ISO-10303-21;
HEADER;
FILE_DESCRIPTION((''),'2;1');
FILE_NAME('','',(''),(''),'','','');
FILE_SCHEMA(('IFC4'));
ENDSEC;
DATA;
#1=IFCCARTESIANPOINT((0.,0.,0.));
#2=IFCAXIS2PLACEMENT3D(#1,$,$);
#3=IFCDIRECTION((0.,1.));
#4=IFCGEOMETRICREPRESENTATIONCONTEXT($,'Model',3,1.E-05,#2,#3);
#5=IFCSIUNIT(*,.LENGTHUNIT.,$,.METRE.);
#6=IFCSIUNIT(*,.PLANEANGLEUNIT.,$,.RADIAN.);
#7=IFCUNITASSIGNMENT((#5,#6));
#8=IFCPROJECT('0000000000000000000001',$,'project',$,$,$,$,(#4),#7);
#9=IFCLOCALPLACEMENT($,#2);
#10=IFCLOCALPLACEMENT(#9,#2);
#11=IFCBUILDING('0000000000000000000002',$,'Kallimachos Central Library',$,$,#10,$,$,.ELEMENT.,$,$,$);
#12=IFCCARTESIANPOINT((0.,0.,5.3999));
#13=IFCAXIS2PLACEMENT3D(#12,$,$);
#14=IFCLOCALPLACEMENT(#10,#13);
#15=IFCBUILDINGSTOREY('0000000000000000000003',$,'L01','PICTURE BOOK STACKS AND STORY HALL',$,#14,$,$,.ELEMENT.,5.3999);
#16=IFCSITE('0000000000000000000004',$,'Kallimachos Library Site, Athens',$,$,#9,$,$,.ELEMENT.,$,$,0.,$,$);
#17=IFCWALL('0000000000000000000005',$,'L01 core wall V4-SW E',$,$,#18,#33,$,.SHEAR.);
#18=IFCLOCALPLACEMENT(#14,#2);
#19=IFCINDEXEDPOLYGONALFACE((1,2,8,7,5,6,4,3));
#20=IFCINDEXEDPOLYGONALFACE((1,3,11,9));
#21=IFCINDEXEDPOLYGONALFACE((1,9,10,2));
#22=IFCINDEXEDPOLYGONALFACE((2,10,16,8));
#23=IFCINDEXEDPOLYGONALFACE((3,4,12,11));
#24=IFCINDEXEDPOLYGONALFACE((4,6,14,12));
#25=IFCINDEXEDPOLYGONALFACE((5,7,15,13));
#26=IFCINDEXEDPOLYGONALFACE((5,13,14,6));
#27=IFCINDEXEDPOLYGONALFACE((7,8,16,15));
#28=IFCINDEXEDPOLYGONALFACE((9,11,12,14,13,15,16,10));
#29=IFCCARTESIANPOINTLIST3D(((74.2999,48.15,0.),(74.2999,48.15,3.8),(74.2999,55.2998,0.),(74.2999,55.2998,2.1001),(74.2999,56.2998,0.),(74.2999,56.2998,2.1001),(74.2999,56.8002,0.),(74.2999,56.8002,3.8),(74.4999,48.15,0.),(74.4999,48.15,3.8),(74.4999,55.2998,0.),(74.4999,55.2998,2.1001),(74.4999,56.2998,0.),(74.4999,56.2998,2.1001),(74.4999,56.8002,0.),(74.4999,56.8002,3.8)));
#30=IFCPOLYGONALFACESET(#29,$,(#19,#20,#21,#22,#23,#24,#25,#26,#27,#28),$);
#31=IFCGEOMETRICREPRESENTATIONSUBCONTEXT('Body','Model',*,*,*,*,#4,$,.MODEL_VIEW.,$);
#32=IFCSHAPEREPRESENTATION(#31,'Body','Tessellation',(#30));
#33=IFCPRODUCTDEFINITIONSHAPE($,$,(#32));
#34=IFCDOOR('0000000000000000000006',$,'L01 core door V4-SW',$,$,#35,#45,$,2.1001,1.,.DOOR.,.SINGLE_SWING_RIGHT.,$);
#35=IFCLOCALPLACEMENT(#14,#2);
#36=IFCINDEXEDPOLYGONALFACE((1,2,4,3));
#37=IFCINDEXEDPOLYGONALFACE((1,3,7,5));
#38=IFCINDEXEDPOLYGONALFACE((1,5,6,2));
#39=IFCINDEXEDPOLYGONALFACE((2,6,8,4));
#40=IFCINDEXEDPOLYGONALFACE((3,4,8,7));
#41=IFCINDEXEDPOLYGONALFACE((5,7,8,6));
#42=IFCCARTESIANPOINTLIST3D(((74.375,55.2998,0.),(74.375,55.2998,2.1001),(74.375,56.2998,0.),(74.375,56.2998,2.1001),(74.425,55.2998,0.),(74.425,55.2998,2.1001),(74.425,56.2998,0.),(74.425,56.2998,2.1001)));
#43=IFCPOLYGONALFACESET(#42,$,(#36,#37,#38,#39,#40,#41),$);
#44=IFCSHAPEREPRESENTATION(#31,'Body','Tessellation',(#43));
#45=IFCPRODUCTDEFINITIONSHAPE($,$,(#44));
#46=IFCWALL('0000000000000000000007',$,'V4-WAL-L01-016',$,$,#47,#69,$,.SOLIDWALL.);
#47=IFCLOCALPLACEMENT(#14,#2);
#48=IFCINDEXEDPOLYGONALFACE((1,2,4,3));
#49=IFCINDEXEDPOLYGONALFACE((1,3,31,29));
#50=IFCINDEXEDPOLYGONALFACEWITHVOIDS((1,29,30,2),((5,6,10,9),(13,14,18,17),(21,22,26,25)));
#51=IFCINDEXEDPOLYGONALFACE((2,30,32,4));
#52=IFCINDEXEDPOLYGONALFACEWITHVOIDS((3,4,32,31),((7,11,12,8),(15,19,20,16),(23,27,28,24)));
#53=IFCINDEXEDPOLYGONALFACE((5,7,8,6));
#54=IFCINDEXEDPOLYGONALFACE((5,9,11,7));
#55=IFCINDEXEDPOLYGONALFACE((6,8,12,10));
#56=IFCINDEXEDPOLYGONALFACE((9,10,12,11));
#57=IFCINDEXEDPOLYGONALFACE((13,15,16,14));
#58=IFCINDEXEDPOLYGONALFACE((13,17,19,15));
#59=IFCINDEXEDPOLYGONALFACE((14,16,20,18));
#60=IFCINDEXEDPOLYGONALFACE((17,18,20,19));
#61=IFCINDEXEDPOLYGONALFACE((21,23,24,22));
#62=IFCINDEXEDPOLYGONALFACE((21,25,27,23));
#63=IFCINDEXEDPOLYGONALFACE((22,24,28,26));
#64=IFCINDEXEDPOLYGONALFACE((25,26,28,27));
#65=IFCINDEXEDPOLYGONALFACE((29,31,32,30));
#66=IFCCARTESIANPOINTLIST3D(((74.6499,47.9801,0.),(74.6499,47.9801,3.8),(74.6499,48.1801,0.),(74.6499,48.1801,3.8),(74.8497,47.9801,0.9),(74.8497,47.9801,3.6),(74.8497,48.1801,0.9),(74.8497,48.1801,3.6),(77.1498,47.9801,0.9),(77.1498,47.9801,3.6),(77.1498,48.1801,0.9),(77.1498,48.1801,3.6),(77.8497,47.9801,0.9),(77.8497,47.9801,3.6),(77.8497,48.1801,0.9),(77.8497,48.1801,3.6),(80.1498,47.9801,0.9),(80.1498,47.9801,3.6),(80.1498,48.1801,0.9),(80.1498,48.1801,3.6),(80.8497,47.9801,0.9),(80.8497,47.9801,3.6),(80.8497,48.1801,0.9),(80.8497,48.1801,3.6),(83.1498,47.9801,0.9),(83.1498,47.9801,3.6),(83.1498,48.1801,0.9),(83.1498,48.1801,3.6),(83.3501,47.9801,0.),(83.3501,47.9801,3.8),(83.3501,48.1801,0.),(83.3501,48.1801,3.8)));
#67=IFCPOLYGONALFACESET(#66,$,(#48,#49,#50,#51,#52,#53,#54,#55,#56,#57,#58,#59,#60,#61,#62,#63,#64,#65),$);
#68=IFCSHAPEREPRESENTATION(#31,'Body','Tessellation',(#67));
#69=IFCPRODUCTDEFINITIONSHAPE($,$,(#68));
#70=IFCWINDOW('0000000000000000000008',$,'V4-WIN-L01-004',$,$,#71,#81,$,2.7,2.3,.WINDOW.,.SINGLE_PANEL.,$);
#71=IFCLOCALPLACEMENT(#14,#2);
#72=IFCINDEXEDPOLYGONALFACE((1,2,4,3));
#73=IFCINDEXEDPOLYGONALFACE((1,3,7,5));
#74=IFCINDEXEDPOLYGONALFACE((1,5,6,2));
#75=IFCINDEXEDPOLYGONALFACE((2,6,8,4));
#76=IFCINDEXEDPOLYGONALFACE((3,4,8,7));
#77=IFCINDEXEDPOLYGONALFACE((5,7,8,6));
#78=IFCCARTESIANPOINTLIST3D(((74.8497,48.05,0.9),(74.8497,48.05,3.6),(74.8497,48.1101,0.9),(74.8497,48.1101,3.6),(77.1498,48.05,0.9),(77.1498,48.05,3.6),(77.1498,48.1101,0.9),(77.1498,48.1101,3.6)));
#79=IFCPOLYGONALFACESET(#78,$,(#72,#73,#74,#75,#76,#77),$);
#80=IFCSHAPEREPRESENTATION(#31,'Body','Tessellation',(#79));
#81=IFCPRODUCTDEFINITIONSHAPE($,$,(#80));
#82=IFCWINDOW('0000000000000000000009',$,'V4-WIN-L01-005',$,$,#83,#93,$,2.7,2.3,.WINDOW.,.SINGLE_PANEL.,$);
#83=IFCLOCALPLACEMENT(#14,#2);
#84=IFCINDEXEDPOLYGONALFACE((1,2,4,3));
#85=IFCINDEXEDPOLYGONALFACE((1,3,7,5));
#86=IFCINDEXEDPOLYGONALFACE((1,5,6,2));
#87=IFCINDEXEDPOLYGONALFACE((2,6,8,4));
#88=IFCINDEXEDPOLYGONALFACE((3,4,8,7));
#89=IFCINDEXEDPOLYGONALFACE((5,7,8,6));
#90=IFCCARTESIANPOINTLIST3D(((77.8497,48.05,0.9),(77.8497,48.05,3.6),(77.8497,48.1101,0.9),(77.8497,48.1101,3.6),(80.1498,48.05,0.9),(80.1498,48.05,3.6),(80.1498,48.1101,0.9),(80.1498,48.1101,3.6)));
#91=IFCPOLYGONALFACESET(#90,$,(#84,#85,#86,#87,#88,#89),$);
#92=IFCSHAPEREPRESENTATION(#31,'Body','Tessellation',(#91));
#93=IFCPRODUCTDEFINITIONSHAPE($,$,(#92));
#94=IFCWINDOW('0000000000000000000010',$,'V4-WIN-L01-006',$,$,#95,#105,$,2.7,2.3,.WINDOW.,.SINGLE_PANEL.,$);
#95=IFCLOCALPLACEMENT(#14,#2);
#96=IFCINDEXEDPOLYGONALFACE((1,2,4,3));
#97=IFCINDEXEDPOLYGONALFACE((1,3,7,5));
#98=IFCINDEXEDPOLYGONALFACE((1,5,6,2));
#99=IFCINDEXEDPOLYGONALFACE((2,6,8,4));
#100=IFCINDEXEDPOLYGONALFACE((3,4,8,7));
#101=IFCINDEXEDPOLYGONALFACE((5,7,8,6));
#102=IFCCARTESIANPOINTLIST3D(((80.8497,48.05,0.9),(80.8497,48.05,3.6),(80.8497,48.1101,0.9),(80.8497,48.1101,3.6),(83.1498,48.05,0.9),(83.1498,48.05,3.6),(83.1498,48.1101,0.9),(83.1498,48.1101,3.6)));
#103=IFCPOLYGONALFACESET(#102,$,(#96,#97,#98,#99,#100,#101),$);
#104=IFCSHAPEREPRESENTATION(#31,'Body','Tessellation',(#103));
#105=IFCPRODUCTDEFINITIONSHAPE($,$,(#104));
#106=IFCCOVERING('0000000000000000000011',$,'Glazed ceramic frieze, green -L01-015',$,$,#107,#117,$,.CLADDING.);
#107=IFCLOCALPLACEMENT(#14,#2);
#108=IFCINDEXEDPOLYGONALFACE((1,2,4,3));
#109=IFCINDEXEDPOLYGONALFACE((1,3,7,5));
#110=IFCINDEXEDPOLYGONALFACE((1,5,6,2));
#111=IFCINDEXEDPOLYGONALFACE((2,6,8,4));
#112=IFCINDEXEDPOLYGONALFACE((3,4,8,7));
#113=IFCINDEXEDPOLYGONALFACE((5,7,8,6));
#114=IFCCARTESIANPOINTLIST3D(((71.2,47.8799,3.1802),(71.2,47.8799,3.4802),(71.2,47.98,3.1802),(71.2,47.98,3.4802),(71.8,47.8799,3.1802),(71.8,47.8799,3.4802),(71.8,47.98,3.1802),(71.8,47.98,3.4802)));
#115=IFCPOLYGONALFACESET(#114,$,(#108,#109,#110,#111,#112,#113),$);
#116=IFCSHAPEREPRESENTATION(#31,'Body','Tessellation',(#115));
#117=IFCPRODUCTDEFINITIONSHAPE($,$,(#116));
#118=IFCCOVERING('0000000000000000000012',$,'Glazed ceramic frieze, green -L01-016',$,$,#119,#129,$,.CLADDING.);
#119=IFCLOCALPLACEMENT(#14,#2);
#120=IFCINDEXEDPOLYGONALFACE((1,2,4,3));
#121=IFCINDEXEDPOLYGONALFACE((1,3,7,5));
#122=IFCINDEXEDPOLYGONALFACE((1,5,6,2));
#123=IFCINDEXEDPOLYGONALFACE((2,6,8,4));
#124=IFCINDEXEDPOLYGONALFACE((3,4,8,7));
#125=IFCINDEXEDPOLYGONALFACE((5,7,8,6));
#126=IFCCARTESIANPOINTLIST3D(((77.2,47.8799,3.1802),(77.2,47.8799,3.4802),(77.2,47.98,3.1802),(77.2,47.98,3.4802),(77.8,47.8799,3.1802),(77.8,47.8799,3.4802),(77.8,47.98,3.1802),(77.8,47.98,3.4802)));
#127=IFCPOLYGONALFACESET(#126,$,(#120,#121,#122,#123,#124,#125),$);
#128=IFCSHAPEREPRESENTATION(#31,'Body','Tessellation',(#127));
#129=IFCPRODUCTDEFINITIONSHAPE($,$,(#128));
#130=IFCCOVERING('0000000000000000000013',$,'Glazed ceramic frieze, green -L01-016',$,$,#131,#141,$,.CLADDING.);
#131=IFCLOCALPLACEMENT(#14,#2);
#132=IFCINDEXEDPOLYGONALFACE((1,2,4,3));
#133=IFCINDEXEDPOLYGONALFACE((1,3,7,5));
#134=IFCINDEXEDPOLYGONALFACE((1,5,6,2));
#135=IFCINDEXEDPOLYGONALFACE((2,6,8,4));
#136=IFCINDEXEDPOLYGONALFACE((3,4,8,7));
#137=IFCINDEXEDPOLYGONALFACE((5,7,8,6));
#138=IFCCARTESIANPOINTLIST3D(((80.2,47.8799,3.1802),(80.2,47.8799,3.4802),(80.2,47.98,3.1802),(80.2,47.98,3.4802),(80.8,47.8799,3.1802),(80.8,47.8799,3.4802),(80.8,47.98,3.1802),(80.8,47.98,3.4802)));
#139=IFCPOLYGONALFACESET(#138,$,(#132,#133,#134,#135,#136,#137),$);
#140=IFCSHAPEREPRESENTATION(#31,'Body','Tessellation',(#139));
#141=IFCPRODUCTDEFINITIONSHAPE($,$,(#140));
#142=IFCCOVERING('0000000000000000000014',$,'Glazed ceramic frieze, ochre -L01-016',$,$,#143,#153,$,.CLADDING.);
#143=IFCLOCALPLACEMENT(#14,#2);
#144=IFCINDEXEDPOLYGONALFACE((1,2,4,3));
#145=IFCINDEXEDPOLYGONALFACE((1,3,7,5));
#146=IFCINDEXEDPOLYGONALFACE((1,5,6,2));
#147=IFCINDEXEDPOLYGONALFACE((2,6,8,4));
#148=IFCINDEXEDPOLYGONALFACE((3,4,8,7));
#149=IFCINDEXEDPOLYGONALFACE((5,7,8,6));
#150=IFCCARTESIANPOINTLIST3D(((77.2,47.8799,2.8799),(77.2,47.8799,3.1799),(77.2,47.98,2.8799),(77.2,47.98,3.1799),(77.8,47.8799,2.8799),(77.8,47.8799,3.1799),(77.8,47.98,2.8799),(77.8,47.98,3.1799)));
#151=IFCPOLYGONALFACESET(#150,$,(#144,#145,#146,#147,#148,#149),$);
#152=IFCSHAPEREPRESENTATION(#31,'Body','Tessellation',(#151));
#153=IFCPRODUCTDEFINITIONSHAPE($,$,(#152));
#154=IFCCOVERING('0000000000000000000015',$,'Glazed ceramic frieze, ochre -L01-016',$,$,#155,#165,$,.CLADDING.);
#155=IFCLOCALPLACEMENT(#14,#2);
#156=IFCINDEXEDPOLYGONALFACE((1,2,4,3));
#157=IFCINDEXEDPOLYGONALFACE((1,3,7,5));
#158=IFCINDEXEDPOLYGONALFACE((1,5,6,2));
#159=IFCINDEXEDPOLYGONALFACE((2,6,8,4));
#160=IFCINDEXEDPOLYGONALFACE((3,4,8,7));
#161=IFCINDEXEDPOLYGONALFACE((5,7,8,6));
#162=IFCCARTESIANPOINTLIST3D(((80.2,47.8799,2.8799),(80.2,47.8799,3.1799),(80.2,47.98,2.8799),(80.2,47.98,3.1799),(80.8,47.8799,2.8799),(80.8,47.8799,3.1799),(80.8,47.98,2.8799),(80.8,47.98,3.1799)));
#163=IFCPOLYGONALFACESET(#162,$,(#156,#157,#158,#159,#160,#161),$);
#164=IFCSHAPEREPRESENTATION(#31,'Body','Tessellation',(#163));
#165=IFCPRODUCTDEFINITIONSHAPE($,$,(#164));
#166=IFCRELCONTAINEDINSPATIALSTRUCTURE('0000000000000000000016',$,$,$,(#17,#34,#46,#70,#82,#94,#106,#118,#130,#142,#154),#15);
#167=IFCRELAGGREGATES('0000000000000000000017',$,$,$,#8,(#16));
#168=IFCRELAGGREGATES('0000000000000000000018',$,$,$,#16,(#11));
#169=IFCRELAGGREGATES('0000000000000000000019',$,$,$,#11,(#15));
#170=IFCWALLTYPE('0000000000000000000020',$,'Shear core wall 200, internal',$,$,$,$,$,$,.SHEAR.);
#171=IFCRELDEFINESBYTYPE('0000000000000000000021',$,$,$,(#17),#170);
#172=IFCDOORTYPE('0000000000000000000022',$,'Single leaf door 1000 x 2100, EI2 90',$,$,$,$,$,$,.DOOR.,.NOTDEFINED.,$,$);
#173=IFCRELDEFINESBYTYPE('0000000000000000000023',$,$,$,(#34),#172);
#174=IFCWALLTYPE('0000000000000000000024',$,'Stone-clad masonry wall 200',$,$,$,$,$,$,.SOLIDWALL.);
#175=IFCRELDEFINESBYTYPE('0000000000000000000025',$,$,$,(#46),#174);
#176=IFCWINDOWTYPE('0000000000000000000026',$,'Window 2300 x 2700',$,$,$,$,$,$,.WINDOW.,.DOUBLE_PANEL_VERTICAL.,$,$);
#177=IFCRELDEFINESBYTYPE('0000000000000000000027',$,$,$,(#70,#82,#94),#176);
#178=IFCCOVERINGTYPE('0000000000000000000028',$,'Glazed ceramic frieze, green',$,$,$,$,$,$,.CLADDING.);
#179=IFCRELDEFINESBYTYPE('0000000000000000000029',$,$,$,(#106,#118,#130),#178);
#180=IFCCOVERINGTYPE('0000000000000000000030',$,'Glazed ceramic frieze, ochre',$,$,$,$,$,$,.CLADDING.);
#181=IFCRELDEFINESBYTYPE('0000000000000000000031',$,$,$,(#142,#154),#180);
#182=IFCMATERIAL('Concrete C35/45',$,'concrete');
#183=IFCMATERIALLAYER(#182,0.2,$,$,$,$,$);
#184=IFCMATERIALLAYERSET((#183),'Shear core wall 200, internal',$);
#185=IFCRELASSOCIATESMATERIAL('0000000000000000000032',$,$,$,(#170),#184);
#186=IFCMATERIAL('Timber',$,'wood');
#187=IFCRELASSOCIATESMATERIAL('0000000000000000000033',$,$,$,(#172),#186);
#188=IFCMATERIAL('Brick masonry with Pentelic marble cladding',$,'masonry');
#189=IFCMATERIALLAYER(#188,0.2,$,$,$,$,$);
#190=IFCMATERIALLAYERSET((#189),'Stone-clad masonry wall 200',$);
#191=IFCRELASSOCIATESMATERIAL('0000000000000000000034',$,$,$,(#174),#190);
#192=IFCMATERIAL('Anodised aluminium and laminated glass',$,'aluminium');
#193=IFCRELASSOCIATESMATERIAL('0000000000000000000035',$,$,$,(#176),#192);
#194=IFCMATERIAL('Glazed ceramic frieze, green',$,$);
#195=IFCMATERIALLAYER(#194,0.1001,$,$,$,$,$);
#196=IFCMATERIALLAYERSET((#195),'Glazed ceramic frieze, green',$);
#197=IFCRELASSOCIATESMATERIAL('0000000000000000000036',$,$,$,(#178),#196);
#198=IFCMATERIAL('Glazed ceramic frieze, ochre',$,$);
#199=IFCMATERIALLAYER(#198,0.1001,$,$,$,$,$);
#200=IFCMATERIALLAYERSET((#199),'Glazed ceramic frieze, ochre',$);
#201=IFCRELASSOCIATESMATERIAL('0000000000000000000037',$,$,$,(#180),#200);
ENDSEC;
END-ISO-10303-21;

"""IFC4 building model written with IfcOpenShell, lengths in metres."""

from ifc_helpers import new_model, si_unit, direction, frame, frame_2d, origin, origin_2d, place, context, subcontext, project, spatial, rectangle, extrude, material, layer, layer_set, type_object, element, fill, save


model = new_model("IFC4")

# Units and contexts
model_context = context("Model", 3, precision=1e-05, world=origin(), true_north=direction((0.0, 1.0)))
body_context = subcontext(model_context, "Body", "Model", "MODEL_VIEW")
ifc_project = project(units=[si_unit("LENGTHUNIT", "METRE"), si_unit("PLANEANGLEUNIT", "RADIAN")], contexts=[model_context])

# Site, building, storey
site_placement = place(None, origin())
site = spatial("IfcSite", under=ifc_project, at=site_placement, Name="Kallimachos Library Site, Athens", CompositionType="ELEMENT", RefElevation=0.0)
building_placement = place(site_placement, origin())
building = spatial("IfcBuilding", under=site, at=building_placement, Name="Kallimachos Central Library", CompositionType="ELEMENT")
storey_placement = place(building_placement, frame((0.0, 0.0, 5.3999)))
storey = spatial("IfcBuildingStorey", under=building, at=storey_placement, Name="L01", Description="PICTURE BOOK STACKS AND STORY HALL", CompositionType="ELEMENT", Elevation=5.3999)

# Wall, opening, door
ifc_material_1 = material(Name="Concrete C35/45", Category="concrete")
ifc_layer_1 = layer(ifc_material_1, 0.2)
ifc_layer_set_1 = layer_set([ifc_layer_1], Name="Shear core wall 200, internal")
wall_type_1 = type_object("IfcWallType", Name="Shear core wall 200, internal", PredefinedType="SHEAR", material=ifc_layer_set_1)
wall_1_placement = place(storey_placement, frame((74.3999, 48.1499, 0.0), z_axis=(0.0, 0.0, 1.0), x_axis=(0.0, 1.0, 0.0)))
wall_1 = element("IfcWall", 1, at=wall_1_placement, inside=storey, type_object=wall_type_1, Name="L01 core wall V4-SW E", PredefinedType="SHEAR", context=body_context, shape_type="SweptSolid", body=[
    extrude(rectangle(XDim=8.6501, YDim=0.2, at=frame_2d((4.3252, 0.0))), origin(), (0.0, 0.0, 1.0), 3.8),
])
opening_1_placement = place(wall_1_placement, frame((7.1499, 0.0, 0.0)))
opening_1 = element("IfcOpeningElement", 2, at=opening_1_placement, cuts=wall_1, PredefinedType="OPENING", context=body_context, shape_type="SweptSolid", body=[
    extrude(rectangle(XDim=1.0, YDim=2.1001, at=frame_2d((0.5, 1.05))), frame((0.0, 0.1099, 0.0), z_axis=(0.0, -1.0, 0.0), x_axis=(1.0, 0.0, 0.0)), (0.0, 0.0, 1.0), 0.22),
])
ifc_material_2 = material(Name="Timber", Category="wood")
door_type_1 = type_object("IfcDoorType", Name="Single leaf door 1000 x 2100, EI2 90", OperationType="NOTDEFINED", PredefinedType="DOOR", material=ifc_material_2)
door_1_placement = place(opening_1_placement, origin())
door_1 = element("IfcDoor", 3, at=door_1_placement, inside=storey, type_object=door_type_1, Name="L01 core door V4-SW", OperationType="SINGLE_SWING_RIGHT", OverallHeight=2.1001, OverallWidth=1.0, PredefinedType="DOOR", context=body_context, shape_type="SweptSolid", body=[
    extrude(rectangle(XDim=1.0, YDim=2.1001, at=frame_2d((0.5, 1.05))), frame((0.0, 0.0249, 0.0), z_axis=(0.0, -1.0, 0.0), x_axis=(1.0, 0.0, 0.0)), (0.0, 0.0, 1.0), 0.05),
])
fill(opening_1, door_1)

# Wall, openings, windows
ifc_material_3 = material(Name="Brick masonry with Pentelic marble cladding", Category="masonry")
ifc_layer_2 = layer(ifc_material_3, 0.2)
ifc_layer_set_2 = layer_set([ifc_layer_2], Name="Stone-clad masonry wall 200")
wall_type_2 = type_object("IfcWallType", Name="Stone-clad masonry wall 200", PredefinedType="SOLIDWALL", material=ifc_layer_set_2)
wall_2_placement = place(storey_placement, frame((74.6499, 48.0801, 0.0), z_axis=(0.0, 0.0, 1.0), x_axis=(1.0, 0.0, 0.0)))
wall_2 = element("IfcWall", 4, at=wall_2_placement, inside=storey, type_object=wall_type_2, Name="V4-WAL-L01-016", PredefinedType="SOLIDWALL", context=body_context, shape_type="SweptSolid", body=[
    extrude(rectangle(XDim=8.7002, YDim=0.2, at=frame_2d((4.3501, 0.0))), origin(), (0.0, 0.0, 1.0), 3.8),
])
opening_2_placement = place(wall_2_placement, frame((0.2, 0.0, 0.8999)))
opening_2 = element("IfcOpeningElement", 5, at=opening_2_placement, cuts=wall_2, PredefinedType="OPENING", context=body_context, shape_type="SweptSolid", body=[
    extrude(rectangle(XDim=2.3, YDim=2.7, at=frame_2d((1.1499, 1.3501))), frame((0.0, 0.1099, 0.0), z_axis=(0.0, -1.0, 0.0), x_axis=(1.0, 0.0, 0.0)), (0.0, 0.0, 1.0), 0.22),
])
opening_3_placement = place(wall_2_placement, frame((3.2, 0.0, 0.8999)))
opening_3 = element("IfcOpeningElement", 6, at=opening_3_placement, cuts=wall_2, PredefinedType="OPENING", context=body_context, shape_type="SweptSolid", body=[
    extrude(rectangle(XDim=2.3, YDim=2.7, at=frame_2d((1.1499, 1.3501))), frame((0.0, 0.1099, 0.0), z_axis=(0.0, -1.0, 0.0), x_axis=(1.0, 0.0, 0.0)), (0.0, 0.0, 1.0), 0.22),
])
opening_4_placement = place(wall_2_placement, frame((6.2, 0.0, 0.8999)))
opening_4 = element("IfcOpeningElement", 7, at=opening_4_placement, cuts=wall_2, PredefinedType="OPENING", context=body_context, shape_type="SweptSolid", body=[
    extrude(rectangle(XDim=2.3, YDim=2.7, at=frame_2d((1.1499, 1.3501))), frame((0.0, 0.1099, 0.0), z_axis=(0.0, -1.0, 0.0), x_axis=(1.0, 0.0, 0.0)), (0.0, 0.0, 1.0), 0.22),
])
ifc_material_4 = material(Name="Anodised aluminium and laminated glass", Category="aluminium")
window_type = type_object("IfcWindowType", Name="Window 2300 x 2700", PartitioningType="DOUBLE_PANEL_VERTICAL", PredefinedType="WINDOW", material=ifc_material_4)
window_1_placement = place(opening_2_placement, origin())
window_1 = element("IfcWindow", 8, at=window_1_placement, inside=storey, type_object=window_type, Name="V4-WIN-L01-004", OverallHeight=2.7, OverallWidth=2.3, PartitioningType="SINGLE_PANEL", PredefinedType="WINDOW", context=body_context, shape_type="SweptSolid", body=[
    extrude(rectangle(XDim=2.3, YDim=2.7, at=frame_2d((1.1499, 1.3501))), frame((0.0, 0.03, 0.0), z_axis=(0.0, -1.0, 0.0), x_axis=(1.0, 0.0, 0.0)), (0.0, 0.0, 1.0), 0.0601),
])
fill(opening_2, window_1)
window_2_placement = place(opening_3_placement, origin())
window_2 = element("IfcWindow", 9, at=window_2_placement, inside=storey, type_object=window_type, Name="V4-WIN-L01-005", OverallHeight=2.7, OverallWidth=2.3, PartitioningType="SINGLE_PANEL", PredefinedType="WINDOW", context=body_context, shape_type="SweptSolid", body=[
    extrude(rectangle(XDim=2.3, YDim=2.7, at=frame_2d((1.1499, 1.3501))), frame((0.0, 0.03, 0.0), z_axis=(0.0, -1.0, 0.0), x_axis=(1.0, 0.0, 0.0)), (0.0, 0.0, 1.0), 0.0601),
])
fill(opening_3, window_2)
window_3_placement = place(opening_4_placement, origin())
window_3 = element("IfcWindow", 10, at=window_3_placement, inside=storey, type_object=window_type, Name="V4-WIN-L01-006", OverallHeight=2.7, OverallWidth=2.3, PartitioningType="SINGLE_PANEL", PredefinedType="WINDOW", context=body_context, shape_type="SweptSolid", body=[
    extrude(rectangle(XDim=2.3, YDim=2.7, at=frame_2d((1.1499, 1.3501))), frame((0.0, 0.03, 0.0), z_axis=(0.0, -1.0, 0.0), x_axis=(1.0, 0.0, 0.0)), (0.0, 0.0, 1.0), 0.0601),
])
fill(opening_4, window_3)

# Coverings
ifc_material_5 = material(Name="Glazed ceramic frieze, green")
ifc_layer_3 = layer(ifc_material_5, 0.1001)
ifc_layer_set_3 = layer_set([ifc_layer_3], Name="Glazed ceramic frieze, green")
covering_type_1 = type_object("IfcCoveringType", Name="Glazed ceramic frieze, green", PredefinedType="CLADDING", material=ifc_layer_set_3)
for number, where, z_axis, x_axis, name in (
    (11, (71.5, 47.9299, 3.1802), (0.0, 0.0, 1.0), (1.0, 0.0, 0.0), "Glazed ceramic frieze, green -L01-015"),
    (12, (77.5, 47.9299, 3.1802), (0.0, 0.0, 1.0), (1.0, 0.0, 0.0), "Glazed ceramic frieze, green -L01-016"),
    (13, (80.5, 47.9299, 3.1802), (0.0, 0.0, 1.0), (1.0, 0.0, 0.0), "Glazed ceramic frieze, green -L01-016"),
):
    element("IfcCovering", number, at=place(storey_placement, frame(where, z_axis=z_axis, x_axis=x_axis)), inside=storey, type_object=covering_type_1, Name=name, PredefinedType="CLADDING", context=body_context, shape_type="SweptSolid", body=[
        extrude(rectangle(XDim=0.6001, YDim=0.1001, at=origin_2d()), origin(), (0.0, 0.0, 1.0), 0.3),
    ])
ifc_material_6 = material(Name="Glazed ceramic frieze, ochre")
ifc_layer_4 = layer(ifc_material_6, 0.1001)
ifc_layer_set_4 = layer_set([ifc_layer_4], Name="Glazed ceramic frieze, ochre")
covering_type_2 = type_object("IfcCoveringType", Name="Glazed ceramic frieze, ochre", PredefinedType="CLADDING", material=ifc_layer_set_4)
for number, where, z_axis, x_axis, name in (
    (14, (77.5, 47.9299, 2.8799), (0.0, 0.0, 1.0), (1.0, 0.0, 0.0), "Glazed ceramic frieze, ochre -L01-016"),
    (15, (80.5, 47.9299, 2.8799), (0.0, 0.0, 1.0), (1.0, 0.0, 0.0), "Glazed ceramic frieze, ochre -L01-016"),
):
    element("IfcCovering", number, at=place(storey_placement, frame(where, z_axis=z_axis, x_axis=x_axis)), inside=storey, type_object=covering_type_2, Name=name, PredefinedType="CLADDING", context=body_context, shape_type="SweptSolid", body=[
        extrude(rectangle(XDim=0.6001, YDim=0.1001, at=origin_2d()), origin(), (0.0, 0.0, 1.0), 0.3),
    ])

save(model, "model.ifc")
